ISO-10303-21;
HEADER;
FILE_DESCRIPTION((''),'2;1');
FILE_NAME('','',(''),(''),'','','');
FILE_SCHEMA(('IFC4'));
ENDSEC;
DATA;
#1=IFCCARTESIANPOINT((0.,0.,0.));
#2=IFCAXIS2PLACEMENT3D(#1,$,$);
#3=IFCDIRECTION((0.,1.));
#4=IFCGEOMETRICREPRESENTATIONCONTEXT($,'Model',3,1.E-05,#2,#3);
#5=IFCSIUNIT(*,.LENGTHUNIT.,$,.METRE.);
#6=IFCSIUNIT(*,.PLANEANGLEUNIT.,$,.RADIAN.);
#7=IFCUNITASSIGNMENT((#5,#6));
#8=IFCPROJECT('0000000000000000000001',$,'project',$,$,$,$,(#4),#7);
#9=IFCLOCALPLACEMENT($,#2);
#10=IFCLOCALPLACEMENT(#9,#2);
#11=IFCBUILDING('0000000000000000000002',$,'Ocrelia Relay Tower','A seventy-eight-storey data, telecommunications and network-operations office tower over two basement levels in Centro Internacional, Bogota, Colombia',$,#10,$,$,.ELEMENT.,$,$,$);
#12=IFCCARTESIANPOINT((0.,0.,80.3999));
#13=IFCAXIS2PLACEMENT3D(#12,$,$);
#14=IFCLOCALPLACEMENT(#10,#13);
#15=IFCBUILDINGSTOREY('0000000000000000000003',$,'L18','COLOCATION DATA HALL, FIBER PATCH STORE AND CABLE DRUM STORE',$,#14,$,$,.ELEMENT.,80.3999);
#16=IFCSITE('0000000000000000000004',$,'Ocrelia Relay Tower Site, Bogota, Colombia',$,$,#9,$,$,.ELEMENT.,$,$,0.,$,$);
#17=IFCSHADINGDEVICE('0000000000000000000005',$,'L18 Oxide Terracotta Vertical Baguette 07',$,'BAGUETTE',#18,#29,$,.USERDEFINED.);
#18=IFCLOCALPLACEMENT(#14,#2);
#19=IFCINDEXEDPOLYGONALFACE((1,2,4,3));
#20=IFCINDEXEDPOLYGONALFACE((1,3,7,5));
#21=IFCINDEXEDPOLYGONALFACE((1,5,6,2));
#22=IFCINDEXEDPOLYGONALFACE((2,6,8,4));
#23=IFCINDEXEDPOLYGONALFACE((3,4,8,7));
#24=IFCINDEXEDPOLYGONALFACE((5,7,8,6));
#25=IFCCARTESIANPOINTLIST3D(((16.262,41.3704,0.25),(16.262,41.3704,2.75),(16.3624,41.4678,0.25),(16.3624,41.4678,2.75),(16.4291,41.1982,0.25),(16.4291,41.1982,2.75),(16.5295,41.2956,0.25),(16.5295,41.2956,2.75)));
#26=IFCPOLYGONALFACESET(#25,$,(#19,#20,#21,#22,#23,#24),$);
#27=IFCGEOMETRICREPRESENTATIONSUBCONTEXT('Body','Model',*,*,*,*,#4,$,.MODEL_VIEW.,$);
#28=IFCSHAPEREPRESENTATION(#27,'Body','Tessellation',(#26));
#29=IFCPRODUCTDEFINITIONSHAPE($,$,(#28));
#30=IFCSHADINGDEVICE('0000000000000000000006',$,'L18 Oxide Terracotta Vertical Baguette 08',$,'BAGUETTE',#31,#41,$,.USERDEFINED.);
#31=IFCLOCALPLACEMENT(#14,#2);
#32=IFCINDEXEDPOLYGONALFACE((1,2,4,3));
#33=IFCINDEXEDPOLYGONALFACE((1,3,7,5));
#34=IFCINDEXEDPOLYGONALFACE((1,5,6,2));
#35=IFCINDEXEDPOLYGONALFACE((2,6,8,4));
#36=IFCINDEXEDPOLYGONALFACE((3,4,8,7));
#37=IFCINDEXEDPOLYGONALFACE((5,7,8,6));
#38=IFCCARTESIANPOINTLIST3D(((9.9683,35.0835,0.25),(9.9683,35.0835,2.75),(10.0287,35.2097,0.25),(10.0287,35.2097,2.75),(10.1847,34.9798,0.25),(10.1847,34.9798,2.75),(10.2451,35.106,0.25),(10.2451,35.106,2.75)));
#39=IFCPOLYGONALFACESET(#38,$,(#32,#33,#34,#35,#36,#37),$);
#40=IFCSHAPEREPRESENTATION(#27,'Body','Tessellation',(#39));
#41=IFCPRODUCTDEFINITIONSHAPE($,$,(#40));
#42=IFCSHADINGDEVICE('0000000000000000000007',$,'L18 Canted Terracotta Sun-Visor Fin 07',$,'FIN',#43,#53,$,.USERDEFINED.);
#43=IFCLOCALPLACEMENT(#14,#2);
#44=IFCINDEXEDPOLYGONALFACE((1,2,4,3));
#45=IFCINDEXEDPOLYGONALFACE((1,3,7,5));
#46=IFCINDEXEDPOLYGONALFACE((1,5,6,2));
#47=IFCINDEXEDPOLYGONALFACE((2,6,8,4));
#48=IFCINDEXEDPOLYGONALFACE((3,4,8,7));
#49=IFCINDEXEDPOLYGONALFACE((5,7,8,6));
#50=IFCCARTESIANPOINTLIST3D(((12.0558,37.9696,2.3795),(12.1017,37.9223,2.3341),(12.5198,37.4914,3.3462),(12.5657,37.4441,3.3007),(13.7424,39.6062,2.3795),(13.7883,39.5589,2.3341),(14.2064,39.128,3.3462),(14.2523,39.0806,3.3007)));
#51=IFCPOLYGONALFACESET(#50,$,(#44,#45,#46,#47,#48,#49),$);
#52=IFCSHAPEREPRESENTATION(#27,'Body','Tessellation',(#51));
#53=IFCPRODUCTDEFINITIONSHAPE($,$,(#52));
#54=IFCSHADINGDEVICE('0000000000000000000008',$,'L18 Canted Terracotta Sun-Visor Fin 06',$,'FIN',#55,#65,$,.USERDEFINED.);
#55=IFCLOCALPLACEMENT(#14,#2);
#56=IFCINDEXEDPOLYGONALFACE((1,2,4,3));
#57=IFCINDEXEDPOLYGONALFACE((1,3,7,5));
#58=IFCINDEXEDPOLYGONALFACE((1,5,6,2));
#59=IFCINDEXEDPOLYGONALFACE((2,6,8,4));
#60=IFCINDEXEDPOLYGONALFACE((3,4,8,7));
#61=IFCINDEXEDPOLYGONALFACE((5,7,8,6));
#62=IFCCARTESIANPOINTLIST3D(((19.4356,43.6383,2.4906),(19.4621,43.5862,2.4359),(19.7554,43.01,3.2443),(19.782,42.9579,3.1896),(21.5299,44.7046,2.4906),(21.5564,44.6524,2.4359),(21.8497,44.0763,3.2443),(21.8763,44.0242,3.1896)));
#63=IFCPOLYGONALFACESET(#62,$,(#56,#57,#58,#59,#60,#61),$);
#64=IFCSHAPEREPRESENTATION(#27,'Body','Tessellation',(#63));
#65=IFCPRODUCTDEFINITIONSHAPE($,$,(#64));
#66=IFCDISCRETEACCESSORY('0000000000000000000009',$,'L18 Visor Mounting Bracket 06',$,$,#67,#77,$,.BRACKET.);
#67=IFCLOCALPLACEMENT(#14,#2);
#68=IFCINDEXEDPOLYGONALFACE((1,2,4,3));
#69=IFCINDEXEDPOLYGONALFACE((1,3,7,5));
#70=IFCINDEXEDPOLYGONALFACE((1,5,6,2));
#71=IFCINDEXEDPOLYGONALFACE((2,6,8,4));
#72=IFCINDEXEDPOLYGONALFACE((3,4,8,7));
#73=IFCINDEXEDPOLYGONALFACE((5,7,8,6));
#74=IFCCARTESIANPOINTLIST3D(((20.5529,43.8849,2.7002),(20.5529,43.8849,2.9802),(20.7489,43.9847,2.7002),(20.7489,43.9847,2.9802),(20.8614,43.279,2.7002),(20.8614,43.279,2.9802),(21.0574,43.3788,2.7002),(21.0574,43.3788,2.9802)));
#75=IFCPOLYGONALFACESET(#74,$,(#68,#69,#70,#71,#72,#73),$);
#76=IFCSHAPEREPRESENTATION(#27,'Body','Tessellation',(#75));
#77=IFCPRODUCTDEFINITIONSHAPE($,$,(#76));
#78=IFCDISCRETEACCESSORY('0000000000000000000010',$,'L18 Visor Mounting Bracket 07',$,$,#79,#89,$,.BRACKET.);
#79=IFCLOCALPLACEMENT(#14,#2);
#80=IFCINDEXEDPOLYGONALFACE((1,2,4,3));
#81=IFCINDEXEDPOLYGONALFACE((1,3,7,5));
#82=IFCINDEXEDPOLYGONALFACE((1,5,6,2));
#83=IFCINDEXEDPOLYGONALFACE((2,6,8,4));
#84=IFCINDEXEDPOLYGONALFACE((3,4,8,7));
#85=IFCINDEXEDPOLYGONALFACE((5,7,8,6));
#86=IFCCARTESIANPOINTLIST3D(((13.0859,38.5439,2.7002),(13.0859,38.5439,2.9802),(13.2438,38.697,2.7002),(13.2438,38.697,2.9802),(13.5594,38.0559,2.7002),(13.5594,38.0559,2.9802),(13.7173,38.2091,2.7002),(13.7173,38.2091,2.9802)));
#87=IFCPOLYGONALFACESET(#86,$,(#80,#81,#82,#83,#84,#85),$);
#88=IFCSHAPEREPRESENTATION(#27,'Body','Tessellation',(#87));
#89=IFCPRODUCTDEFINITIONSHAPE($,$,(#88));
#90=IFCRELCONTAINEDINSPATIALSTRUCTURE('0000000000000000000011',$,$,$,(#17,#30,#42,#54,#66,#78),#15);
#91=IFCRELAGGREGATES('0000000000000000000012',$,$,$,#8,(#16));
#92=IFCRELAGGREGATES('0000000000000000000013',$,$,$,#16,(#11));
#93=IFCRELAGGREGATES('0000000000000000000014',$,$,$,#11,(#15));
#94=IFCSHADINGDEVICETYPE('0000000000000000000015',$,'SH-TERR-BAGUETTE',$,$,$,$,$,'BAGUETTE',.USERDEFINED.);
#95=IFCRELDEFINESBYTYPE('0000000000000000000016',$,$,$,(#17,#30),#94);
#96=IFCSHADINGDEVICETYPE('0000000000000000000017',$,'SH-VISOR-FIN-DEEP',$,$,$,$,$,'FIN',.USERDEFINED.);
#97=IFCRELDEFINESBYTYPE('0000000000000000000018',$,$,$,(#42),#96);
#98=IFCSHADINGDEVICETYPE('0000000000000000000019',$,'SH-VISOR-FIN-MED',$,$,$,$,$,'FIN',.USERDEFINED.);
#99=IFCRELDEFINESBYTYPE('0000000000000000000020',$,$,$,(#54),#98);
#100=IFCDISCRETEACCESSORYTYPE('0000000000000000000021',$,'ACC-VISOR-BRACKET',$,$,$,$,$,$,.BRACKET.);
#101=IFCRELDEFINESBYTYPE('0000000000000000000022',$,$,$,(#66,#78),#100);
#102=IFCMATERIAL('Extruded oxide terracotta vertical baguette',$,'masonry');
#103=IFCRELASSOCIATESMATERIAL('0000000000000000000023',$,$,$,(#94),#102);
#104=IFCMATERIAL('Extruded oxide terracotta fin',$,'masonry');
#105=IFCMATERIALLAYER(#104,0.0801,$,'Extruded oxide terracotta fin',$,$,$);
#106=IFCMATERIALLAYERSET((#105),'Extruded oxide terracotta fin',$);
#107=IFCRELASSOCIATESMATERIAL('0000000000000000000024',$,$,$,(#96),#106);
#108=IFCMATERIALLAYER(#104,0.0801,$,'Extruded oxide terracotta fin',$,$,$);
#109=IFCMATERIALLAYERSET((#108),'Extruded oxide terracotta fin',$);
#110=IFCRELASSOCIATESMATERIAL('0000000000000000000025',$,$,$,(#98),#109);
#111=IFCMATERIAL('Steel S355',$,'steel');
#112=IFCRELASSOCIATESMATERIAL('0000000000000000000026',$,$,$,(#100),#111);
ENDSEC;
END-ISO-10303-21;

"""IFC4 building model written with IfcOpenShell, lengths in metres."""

from ifc_helpers import new_model, si_unit, direction, frame, origin, origin_2d, place, context, subcontext, project, spatial, rectangle, extrude, material, layer, layer_set, type_object, element, save


model = new_model("IFC4")

# Units and contexts
model_context = context("Model", 3, precision=1e-05, world=origin(), true_north=direction((0.0, 1.0)))
body_context = subcontext(model_context, "Body", "Model", "MODEL_VIEW")
ifc_project = project(units=[si_unit("LENGTHUNIT", "METRE"), si_unit("PLANEANGLEUNIT", "RADIAN")], contexts=[model_context])

# Site, building, storey
site_placement = place(None, origin())
site = spatial("IfcSite", under=ifc_project, at=site_placement, Name="Ocrelia Relay Tower Site, Bogota, Colombia", CompositionType="ELEMENT", RefElevation=0.0)
building_placement = place(site_placement, origin())
building = spatial("IfcBuilding", under=site, at=building_placement, Name="Ocrelia Relay Tower", Description="A seventy-eight-storey data, telecommunications and network-operations office tower over two basement levels in Centro Internacional, Bogota, Colombia", CompositionType="ELEMENT")
storey_placement = place(building_placement, frame((0.0, 0.0, 80.3999)))
storey = spatial("IfcBuildingStorey", under=building, at=storey_placement, Name="L18", Description="COLOCATION DATA HALL, FIBER PATCH STORE AND CABLE DRUM STORE", CompositionType="ELEMENT", Elevation=80.3999)

# Shared definitions
ifc_material_1 = material(Name="Steel S355", Category="steel")

# Shading devices
ifc_material_2 = material(Name="Extruded oxide terracotta vertical baguette", Category="masonry")
shading_device_type_1 = type_object("IfcShadingDeviceType", Name="SH-TERR-BAGUETTE", ElementType="BAGUETTE", PredefinedType="USERDEFINED", material=ifc_material_2)
for number, where, z_axis, x_axis, name in (
    (1, (16.3958, 41.333, 0.25), (0.0, 0.0, 1.0), (-0.717672, -0.696381, 0.0), "L18 Oxide Terracotta Vertical Baguette 07"),
    (2, (10.1067, 35.0947, 0.25), (0.0, 0.0, 1.0), (-0.432076, -0.901837, 0.0), "L18 Oxide Terracotta Vertical Baguette 08"),
):
    element("IfcShadingDevice", number, at=place(storey_placement, frame(where, z_axis=z_axis, x_axis=x_axis)), inside=storey, type_object=shading_device_type_1, Name=name, ObjectType="BAGUETTE", PredefinedType="USERDEFINED", context=body_context, shape_type="SweptSolid", body=[
        extrude(rectangle(XDim=0.1399, YDim=0.24, at=origin_2d()), origin(), (0.0, 0.0, 1.0), 2.5),
    ])
ifc_material_3 = material(Name="Extruded oxide terracotta fin", Category="masonry")
ifc_layer_1 = layer(ifc_material_3, 0.0801, Name="Extruded oxide terracotta fin")
ifc_layer_set_1 = layer_set([ifc_layer_1], Name="Extruded oxide terracotta fin")
shading_device_type_2 = type_object("IfcShadingDeviceType", Name="SH-VISOR-FIN-DEEP", ElementType="FIN", PredefinedType="USERDEFINED", material=ifc_layer_set_1)
shading_device_1_placement = place(storey_placement, frame((13.177, 38.5015, 2.8174), z_axis=(-0.573355, 0.590884, 0.567556), x_axis=(-0.717672, -0.696381, 0.0)))
element("IfcShadingDevice", 3, at=shading_device_1_placement, inside=storey, type_object=shading_device_type_2, Name="L18 Canted Terracotta Sun-Visor Fin 07", ObjectType="FIN", PredefinedType="USERDEFINED", context=body_context, shape_type="SweptSolid", body=[
    extrude(rectangle(XDim=2.3501, YDim=1.1741, at=origin_2d()), origin(), (0.0, 0.0, 1.0), 0.0801),
])
ifc_layer_2 = layer(ifc_material_3, 0.0801, Name="Extruded oxide terracotta fin")
ifc_layer_set_2 = layer_set([ifc_layer_2], Name="Extruded oxide terracotta fin")
shading_device_type_3 = type_object("IfcShadingDeviceType", Name="SH-VISOR-FIN-MED", ElementType="FIN", PredefinedType="USERDEFINED", material=ifc_layer_set_2)
shading_device_2_placement = place(storey_placement, frame((20.6692, 43.8052, 2.8127), z_axis=(-0.331338, 0.650789, 0.683146), x_axis=(-0.891148, -0.453712, 0.0)))
element("IfcShadingDevice", 4, at=shading_device_2_placement, inside=storey, type_object=shading_device_type_3, Name="L18 Canted Terracotta Sun-Visor Fin 06", ObjectType="FIN", PredefinedType="USERDEFINED", context=body_context, shape_type="SweptSolid", body=[
    extrude(rectangle(XDim=2.3501, YDim=1.032, at=origin_2d()), origin(), (0.0, 0.0, 1.0), 0.0801),
])

# Discrete accessories
discrete_accessory_type = type_object("IfcDiscreteAccessoryType", Name="ACC-VISOR-BRACKET", PredefinedType="BRACKET", material=ifc_material_1)
for number, where, z_axis, x_axis, name in (
    (5, (20.8052, 43.6318, 2.7002), (0.0, 0.0, 1.0), (-0.891148, -0.453712, 0.0), "L18 Visor Mounting Bracket 06"),
    (6, (13.4016, 38.3765, 2.7002), (0.0, 0.0, 1.0), (-0.717672, -0.696381, 0.0), "L18 Visor Mounting Bracket 07"),
):
    element("IfcDiscreteAccessory", number, at=place(storey_placement, frame(where, z_axis=z_axis, x_axis=x_axis)), inside=storey, type_object=discrete_accessory_type, Name=name, PredefinedType="BRACKET", context=body_context, shape_type="SweptSolid", body=[
        extrude(rectangle(XDim=0.22, YDim=0.6799, at=origin_2d()), origin(), (0.0, 0.0, 1.0), 0.28),
    ])

save(model, "model.ifc")
